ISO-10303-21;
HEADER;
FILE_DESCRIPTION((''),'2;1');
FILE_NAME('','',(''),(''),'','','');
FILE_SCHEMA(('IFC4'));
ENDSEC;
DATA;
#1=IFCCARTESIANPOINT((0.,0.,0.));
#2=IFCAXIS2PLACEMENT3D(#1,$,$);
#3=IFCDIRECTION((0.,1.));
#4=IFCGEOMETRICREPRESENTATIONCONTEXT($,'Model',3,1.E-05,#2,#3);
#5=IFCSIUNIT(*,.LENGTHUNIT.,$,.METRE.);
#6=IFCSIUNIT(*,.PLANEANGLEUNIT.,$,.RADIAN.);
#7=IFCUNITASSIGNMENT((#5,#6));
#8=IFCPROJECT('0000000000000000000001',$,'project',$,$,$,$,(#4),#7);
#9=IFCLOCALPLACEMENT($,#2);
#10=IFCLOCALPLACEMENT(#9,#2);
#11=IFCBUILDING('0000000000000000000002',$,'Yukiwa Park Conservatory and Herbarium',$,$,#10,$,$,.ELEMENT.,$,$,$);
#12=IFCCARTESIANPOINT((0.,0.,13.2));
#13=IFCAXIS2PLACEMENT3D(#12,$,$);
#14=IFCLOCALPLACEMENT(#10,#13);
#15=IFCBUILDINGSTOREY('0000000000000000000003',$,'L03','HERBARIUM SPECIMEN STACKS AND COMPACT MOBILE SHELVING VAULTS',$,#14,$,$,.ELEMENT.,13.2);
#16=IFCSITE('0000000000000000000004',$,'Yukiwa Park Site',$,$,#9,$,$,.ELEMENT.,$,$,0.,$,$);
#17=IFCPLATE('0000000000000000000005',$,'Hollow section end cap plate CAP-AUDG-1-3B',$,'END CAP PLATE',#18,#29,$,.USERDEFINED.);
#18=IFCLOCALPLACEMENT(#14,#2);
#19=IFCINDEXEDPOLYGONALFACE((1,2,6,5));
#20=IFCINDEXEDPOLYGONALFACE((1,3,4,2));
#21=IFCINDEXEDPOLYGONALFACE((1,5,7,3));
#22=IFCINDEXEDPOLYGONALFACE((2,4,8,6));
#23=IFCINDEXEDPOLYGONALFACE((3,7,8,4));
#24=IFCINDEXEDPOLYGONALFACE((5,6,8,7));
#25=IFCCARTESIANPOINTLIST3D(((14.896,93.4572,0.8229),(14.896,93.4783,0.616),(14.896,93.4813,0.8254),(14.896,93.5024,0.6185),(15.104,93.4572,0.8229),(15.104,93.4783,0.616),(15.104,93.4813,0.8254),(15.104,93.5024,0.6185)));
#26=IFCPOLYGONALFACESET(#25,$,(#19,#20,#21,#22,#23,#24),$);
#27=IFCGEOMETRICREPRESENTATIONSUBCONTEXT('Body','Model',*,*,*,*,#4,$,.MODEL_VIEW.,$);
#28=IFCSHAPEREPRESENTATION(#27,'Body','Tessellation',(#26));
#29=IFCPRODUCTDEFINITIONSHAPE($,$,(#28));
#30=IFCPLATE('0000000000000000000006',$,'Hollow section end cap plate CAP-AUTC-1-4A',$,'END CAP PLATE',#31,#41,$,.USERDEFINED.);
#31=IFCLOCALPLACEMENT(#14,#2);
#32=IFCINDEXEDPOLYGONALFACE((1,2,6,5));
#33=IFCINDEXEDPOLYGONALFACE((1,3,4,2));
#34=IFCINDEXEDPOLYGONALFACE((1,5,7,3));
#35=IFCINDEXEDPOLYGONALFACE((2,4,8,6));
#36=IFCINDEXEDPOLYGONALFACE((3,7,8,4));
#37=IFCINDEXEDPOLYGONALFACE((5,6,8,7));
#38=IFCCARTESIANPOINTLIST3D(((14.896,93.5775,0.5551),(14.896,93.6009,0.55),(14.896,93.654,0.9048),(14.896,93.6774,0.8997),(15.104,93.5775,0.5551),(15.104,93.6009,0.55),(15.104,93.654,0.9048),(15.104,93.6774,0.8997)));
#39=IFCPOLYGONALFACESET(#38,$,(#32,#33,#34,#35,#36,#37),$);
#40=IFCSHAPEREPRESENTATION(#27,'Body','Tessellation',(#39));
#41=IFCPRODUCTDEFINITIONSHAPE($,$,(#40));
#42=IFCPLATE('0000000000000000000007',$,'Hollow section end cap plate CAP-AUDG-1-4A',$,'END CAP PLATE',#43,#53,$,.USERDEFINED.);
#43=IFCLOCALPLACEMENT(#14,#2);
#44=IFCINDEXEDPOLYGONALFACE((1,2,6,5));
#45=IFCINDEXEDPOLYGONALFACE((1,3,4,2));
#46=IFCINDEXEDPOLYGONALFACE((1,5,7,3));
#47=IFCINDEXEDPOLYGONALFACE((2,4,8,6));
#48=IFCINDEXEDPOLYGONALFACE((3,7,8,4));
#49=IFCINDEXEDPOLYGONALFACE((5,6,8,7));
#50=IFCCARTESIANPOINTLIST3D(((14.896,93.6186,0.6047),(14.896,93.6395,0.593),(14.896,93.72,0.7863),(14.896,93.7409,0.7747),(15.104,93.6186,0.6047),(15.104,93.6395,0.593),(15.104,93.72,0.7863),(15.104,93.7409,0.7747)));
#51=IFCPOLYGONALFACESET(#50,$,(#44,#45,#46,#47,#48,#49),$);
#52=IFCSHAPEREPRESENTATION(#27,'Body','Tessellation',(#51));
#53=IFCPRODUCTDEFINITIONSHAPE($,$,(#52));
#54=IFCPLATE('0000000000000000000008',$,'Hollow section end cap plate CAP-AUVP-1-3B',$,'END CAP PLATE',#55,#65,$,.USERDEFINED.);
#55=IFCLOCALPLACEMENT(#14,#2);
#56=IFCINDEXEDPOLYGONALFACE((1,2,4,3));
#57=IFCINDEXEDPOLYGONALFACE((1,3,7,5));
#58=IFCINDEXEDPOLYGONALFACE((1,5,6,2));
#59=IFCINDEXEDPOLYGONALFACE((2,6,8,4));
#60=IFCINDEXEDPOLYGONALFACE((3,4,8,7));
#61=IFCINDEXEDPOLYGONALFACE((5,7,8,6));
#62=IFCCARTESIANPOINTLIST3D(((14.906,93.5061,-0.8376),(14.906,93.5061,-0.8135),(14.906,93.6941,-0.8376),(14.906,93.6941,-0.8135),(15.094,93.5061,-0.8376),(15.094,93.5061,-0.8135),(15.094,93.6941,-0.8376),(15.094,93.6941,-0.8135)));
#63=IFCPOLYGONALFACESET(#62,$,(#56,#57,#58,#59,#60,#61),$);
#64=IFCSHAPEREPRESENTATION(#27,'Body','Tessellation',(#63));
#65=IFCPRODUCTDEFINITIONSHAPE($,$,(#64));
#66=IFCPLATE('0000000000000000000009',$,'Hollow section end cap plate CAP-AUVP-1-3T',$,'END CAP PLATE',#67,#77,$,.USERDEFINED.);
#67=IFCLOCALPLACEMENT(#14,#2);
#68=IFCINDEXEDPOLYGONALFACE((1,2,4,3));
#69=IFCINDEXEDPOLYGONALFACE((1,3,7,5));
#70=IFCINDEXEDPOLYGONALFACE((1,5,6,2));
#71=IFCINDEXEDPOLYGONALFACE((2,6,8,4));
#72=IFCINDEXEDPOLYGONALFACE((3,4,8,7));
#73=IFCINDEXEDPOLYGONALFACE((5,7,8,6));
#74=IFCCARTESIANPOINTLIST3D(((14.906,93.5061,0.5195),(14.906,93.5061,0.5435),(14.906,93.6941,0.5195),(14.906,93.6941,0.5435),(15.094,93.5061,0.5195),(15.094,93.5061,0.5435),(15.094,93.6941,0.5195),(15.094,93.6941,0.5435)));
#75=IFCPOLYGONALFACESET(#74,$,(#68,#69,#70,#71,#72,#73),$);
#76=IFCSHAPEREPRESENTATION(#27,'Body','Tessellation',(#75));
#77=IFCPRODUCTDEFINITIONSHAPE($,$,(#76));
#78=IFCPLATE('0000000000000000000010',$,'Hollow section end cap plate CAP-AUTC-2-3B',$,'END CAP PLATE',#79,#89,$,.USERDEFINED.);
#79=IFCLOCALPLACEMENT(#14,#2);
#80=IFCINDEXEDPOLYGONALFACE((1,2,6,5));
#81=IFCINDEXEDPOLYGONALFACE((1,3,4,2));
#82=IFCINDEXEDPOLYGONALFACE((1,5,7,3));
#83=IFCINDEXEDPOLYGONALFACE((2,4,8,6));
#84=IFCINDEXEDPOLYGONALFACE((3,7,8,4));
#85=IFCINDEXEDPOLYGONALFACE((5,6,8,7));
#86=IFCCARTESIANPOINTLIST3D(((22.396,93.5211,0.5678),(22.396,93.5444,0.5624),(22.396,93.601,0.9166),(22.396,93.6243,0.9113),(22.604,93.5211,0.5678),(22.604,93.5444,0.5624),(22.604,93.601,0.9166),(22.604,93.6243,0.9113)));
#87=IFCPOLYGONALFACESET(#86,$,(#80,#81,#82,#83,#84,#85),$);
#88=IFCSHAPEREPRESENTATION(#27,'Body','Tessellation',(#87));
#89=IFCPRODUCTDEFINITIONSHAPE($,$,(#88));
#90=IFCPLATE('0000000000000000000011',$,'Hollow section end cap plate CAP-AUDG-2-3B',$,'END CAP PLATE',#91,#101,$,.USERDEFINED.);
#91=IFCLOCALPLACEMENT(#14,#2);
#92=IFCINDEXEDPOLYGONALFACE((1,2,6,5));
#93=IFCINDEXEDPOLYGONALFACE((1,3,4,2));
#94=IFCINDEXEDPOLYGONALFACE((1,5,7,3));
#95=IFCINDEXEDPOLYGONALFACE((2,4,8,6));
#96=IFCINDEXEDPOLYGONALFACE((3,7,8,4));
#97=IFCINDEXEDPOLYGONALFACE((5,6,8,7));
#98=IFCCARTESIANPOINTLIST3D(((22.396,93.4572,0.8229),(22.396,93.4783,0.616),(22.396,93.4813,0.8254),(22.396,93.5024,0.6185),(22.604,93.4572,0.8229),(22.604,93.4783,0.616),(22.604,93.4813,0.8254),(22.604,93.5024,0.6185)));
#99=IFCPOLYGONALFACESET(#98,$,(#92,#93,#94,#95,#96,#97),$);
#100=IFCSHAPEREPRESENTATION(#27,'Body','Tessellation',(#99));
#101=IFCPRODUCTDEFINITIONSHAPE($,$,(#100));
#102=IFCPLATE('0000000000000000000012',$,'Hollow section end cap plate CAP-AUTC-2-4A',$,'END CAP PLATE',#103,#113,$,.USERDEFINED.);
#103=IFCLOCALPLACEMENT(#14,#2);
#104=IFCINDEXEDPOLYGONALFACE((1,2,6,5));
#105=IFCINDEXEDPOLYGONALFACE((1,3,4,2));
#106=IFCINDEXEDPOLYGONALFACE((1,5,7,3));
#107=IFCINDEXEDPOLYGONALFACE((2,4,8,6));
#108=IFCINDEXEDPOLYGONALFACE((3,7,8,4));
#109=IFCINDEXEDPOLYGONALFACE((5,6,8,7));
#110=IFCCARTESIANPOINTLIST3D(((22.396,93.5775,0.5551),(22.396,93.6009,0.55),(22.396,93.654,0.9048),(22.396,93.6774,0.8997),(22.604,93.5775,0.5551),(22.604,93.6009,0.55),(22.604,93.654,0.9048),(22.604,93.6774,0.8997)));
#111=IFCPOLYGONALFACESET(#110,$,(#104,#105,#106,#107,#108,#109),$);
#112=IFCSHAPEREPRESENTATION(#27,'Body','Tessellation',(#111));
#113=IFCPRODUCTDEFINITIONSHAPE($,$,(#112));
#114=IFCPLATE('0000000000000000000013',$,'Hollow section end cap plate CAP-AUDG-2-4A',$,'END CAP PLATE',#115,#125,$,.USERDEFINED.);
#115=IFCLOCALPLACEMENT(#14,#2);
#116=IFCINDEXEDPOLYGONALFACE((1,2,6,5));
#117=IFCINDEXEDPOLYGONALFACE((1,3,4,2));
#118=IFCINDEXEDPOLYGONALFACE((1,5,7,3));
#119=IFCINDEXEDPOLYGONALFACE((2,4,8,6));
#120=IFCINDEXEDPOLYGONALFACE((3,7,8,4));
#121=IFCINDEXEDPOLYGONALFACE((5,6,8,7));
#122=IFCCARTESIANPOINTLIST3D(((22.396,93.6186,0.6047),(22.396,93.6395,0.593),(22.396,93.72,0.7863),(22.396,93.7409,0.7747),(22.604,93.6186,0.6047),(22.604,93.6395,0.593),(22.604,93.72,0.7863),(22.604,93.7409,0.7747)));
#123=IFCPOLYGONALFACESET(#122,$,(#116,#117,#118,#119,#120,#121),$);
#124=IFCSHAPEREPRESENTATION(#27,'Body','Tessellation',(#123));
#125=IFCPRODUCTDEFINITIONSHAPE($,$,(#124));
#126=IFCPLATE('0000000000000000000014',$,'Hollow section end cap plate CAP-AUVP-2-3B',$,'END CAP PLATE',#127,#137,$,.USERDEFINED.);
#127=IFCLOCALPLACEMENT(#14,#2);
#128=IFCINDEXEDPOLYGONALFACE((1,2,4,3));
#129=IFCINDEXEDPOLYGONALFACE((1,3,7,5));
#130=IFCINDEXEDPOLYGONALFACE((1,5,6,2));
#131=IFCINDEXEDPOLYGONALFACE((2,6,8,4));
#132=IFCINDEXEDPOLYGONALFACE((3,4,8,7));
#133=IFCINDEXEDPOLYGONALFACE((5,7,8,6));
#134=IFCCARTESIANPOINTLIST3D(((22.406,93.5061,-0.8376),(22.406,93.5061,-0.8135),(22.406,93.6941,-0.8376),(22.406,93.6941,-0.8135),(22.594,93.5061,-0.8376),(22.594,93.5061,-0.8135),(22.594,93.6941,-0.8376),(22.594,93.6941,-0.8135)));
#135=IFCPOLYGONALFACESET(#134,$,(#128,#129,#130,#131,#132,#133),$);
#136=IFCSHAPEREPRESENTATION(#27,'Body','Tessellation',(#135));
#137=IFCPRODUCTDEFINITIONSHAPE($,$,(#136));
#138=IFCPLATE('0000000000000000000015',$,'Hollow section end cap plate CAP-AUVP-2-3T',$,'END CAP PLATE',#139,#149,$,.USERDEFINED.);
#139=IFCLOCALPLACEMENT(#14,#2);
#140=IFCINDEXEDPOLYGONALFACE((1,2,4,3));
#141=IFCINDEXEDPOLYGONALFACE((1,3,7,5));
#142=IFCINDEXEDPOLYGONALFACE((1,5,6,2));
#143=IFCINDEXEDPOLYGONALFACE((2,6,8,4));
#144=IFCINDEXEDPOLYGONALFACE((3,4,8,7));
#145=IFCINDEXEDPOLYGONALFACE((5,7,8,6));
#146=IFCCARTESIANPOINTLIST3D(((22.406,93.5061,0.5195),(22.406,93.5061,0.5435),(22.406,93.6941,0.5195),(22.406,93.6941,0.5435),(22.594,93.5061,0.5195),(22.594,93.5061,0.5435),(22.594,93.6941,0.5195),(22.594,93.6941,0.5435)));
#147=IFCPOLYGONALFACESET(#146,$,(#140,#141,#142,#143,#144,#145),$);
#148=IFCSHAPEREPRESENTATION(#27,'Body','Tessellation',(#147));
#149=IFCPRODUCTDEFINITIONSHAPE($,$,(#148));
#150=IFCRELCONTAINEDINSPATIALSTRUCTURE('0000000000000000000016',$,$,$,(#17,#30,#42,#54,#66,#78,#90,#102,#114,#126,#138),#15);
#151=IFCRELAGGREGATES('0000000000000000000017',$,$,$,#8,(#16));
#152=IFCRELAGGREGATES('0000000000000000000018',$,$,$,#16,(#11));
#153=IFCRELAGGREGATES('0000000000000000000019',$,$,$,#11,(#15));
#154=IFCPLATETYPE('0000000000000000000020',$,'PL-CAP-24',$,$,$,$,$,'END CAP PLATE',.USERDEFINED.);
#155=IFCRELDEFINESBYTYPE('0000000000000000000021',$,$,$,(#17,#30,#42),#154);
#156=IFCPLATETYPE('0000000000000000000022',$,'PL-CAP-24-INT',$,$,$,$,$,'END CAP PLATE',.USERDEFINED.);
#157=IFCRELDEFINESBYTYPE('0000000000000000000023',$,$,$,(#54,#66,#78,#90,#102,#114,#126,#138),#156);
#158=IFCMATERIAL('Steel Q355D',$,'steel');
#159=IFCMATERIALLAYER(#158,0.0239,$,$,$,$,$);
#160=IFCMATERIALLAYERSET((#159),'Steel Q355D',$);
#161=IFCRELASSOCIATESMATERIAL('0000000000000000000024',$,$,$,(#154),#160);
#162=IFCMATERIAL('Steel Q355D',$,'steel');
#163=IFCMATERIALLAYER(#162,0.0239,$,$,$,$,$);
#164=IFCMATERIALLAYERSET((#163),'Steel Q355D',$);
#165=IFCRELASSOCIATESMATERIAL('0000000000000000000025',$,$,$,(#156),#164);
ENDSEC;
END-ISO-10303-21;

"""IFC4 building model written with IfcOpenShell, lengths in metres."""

from ifc_helpers import new_model, si_unit, direction, frame, origin, origin_2d, place, context, subcontext, project, spatial, rectangle, extrude, material, layer, layer_set, type_object, element, save


model = new_model("IFC4")

# Units and contexts
model_context = context("Model", 3, precision=1e-05, world=origin(), true_north=direction((0.0, 1.0)))
body_context = subcontext(model_context, "Body", "Model", "MODEL_VIEW")
ifc_project = project(units=[si_unit("LENGTHUNIT", "METRE"), si_unit("PLANEANGLEUNIT", "RADIAN")], contexts=[model_context])

# Site, building, storey
site_placement = place(None, origin())
site = spatial("IfcSite", under=ifc_project, at=site_placement, Name="Yukiwa Park Site", CompositionType="ELEMENT", RefElevation=0.0)
building_placement = place(site_placement, origin())
building = spatial("IfcBuilding", under=site, at=building_placement, Name="Yukiwa Park Conservatory and Herbarium", CompositionType="ELEMENT")
storey_placement = place(building_placement, frame((0.0, 0.0, 13.2)))
storey = spatial("IfcBuildingStorey", under=building, at=storey_placement, Name="L03", Description="HERBARIUM SPECIMEN STACKS AND COMPACT MOBILE SHELVING VAULTS", CompositionType="ELEMENT", Elevation=13.2)

# Plates
ifc_material_1 = material(Name="Steel Q355D", Category="steel")
ifc_layer_1 = layer(ifc_material_1, 0.0239)
ifc_layer_set_1 = layer_set([ifc_layer_1], Name="Steel Q355D")
plate_type_1 = type_object("IfcPlateType", Name="PL-CAP-24", ElementType="END CAP PLATE", PredefinedType="USERDEFINED", material=ifc_layer_set_1)
plate_1_placement = place(storey_placement, frame((15.0, 93.4678, 0.7195), z_axis=(0.0, 0.994834, 0.101514), x_axis=(-1.0, 0.0, 0.0)))
element("IfcPlate", 1, at=plate_1_placement, inside=storey, type_object=plate_type_1, Name="Hollow section end cap plate CAP-AUDG-1-3B", ObjectType="END CAP PLATE", PredefinedType="USERDEFINED", context=body_context, shape_type="SweptSolid", body=[
    extrude(rectangle(XDim=0.208, YDim=0.208, at=origin_2d()), origin(), (0.0, 0.0, 1.0), 0.0242),
])
plate_2_placement = place(storey_placement, frame((15.0, 93.6392, 0.7249), z_axis=(0.0, -0.9769, 0.213697), x_axis=(1.0, 0.0, 0.0)))
element("IfcPlate", 2, at=plate_2_placement, inside=storey, type_object=plate_type_1, Name="Hollow section end cap plate CAP-AUTC-1-4A", ObjectType="END CAP PLATE", PredefinedType="USERDEFINED", context=body_context, shape_type="SweptSolid", body=[
    extrude(rectangle(XDim=0.208, YDim=0.3579, at=origin_2d()), origin(), (0.0, 0.0, 1.0), 0.0239),
])
plate_3_placement = place(storey_placement, frame((15.0, 93.6902, 0.6838), z_axis=(0.0, -0.873198, 0.487366), x_axis=(1.0, 0.0, 0.0)))
element("IfcPlate", 3, at=plate_3_placement, inside=storey, type_object=plate_type_1, Name="Hollow section end cap plate CAP-AUDG-1-4A", ObjectType="END CAP PLATE", PredefinedType="USERDEFINED", context=body_context, shape_type="SweptSolid", body=[
    extrude(rectangle(XDim=0.208, YDim=0.208, at=origin_2d()), origin(), (0.0, 0.0, 1.0), 0.0239),
])
ifc_material_2 = material(Name="Steel Q355D", Category="steel")
ifc_layer_2 = layer(ifc_material_2, 0.0239)
ifc_layer_set_2 = layer_set([ifc_layer_2], Name="Steel Q355D")
plate_type_2 = type_object("IfcPlateType", Name="PL-CAP-24-INT", ElementType="END CAP PLATE", PredefinedType="USERDEFINED", material=ifc_layer_set_2)
plate_4_placement = place(storey_placement, frame((15.0, 93.6001, -0.8135), z_axis=(0.0, 0.0, -1.0), x_axis=(1.0, 0.0, 0.0)))
element("IfcPlate", 4, at=plate_4_placement, inside=storey, type_object=plate_type_2, Name="Hollow section end cap plate CAP-AUVP-1-3B", ObjectType="END CAP PLATE", PredefinedType="USERDEFINED", context=body_context, shape_type="SweptSolid", body=[
    extrude(rectangle(XDim=0.188, YDim=0.188, at=origin_2d()), origin(), (0.0, 0.0, 1.0), 0.0242),
])
plate_5_placement = place(storey_placement, frame((15.0, 93.6001, 0.5195), z_axis=(0.0, 0.0, 1.0), x_axis=(1.0, 0.0, 0.0)))
element("IfcPlate", 5, at=plate_5_placement, inside=storey, type_object=plate_type_2, Name="Hollow section end cap plate CAP-AUVP-1-3T", ObjectType="END CAP PLATE", PredefinedType="USERDEFINED", context=body_context, shape_type="SweptSolid", body=[
    extrude(rectangle(XDim=0.188, YDim=0.188, at=origin_2d()), origin(), (0.0, 0.0, 1.0), 0.0239),
])
plate_6_placement = place(storey_placement, frame((22.5, 93.561, 0.7422), z_axis=(0.0, 0.974732, -0.223376), x_axis=(-1.0, 0.0, 0.0)))
element("IfcPlate", 6, at=plate_6_placement, inside=storey, type_object=plate_type_2, Name="Hollow section end cap plate CAP-AUTC-2-3B", ObjectType="END CAP PLATE", PredefinedType="USERDEFINED", context=body_context, shape_type="SweptSolid", body=[
    extrude(rectangle(XDim=0.208, YDim=0.3579, at=origin_2d()), origin(), (0.0, 0.0, 1.0), 0.0239),
])
plate_7_placement = place(storey_placement, frame((22.5, 93.4678, 0.7195), z_axis=(0.0, 0.994834, 0.101514), x_axis=(-1.0, 0.0, 0.0)))
element("IfcPlate", 7, at=plate_7_placement, inside=storey, type_object=plate_type_2, Name="Hollow section end cap plate CAP-AUDG-2-3B", ObjectType="END CAP PLATE", PredefinedType="USERDEFINED", context=body_context, shape_type="SweptSolid", body=[
    extrude(rectangle(XDim=0.208, YDim=0.208, at=origin_2d()), origin(), (0.0, 0.0, 1.0), 0.0242),
])
plate_8_placement = place(storey_placement, frame((22.5, 93.6392, 0.7249), z_axis=(0.0, -0.9769, 0.213697), x_axis=(1.0, 0.0, 0.0)))
element("IfcPlate", 8, at=plate_8_placement, inside=storey, type_object=plate_type_2, Name="Hollow section end cap plate CAP-AUTC-2-4A", ObjectType="END CAP PLATE", PredefinedType="USERDEFINED", context=body_context, shape_type="SweptSolid", body=[
    extrude(rectangle(XDim=0.208, YDim=0.3579, at=origin_2d()), origin(), (0.0, 0.0, 1.0), 0.0239),
])
plate_9_placement = place(storey_placement, frame((22.5, 93.6902, 0.6838), z_axis=(0.0, -0.873198, 0.487366), x_axis=(1.0, 0.0, 0.0)))
element("IfcPlate", 9, at=plate_9_placement, inside=storey, type_object=plate_type_2, Name="Hollow section end cap plate CAP-AUDG-2-4A", ObjectType="END CAP PLATE", PredefinedType="USERDEFINED", context=body_context, shape_type="SweptSolid", body=[
    extrude(rectangle(XDim=0.208, YDim=0.208, at=origin_2d()), origin(), (0.0, 0.0, 1.0), 0.0239),
])
plate_10_placement = place(storey_placement, frame((22.5, 93.6001, -0.8135), z_axis=(0.0, 0.0, -1.0), x_axis=(1.0, 0.0, 0.0)))
element("IfcPlate", 10, at=plate_10_placement, inside=storey, type_object=plate_type_2, Name="Hollow section end cap plate CAP-AUVP-2-3B", ObjectType="END CAP PLATE", PredefinedType="USERDEFINED", context=body_context, shape_type="SweptSolid", body=[
    extrude(rectangle(XDim=0.188, YDim=0.188, at=origin_2d()), origin(), (0.0, 0.0, 1.0), 0.0242),
])
plate_11_placement = place(storey_placement, frame((22.5, 93.6001, 0.5195), z_axis=(0.0, 0.0, 1.0), x_axis=(1.0, 0.0, 0.0)))
element("IfcPlate", 11, at=plate_11_placement, inside=storey, type_object=plate_type_2, Name="Hollow section end cap plate CAP-AUVP-2-3T", ObjectType="END CAP PLATE", PredefinedType="USERDEFINED", context=body_context, shape_type="SweptSolid", body=[
    extrude(rectangle(XDim=0.188, YDim=0.188, at=origin_2d()), origin(), (0.0, 0.0, 1.0), 0.0239),
])

save(model, "model.ifc")
